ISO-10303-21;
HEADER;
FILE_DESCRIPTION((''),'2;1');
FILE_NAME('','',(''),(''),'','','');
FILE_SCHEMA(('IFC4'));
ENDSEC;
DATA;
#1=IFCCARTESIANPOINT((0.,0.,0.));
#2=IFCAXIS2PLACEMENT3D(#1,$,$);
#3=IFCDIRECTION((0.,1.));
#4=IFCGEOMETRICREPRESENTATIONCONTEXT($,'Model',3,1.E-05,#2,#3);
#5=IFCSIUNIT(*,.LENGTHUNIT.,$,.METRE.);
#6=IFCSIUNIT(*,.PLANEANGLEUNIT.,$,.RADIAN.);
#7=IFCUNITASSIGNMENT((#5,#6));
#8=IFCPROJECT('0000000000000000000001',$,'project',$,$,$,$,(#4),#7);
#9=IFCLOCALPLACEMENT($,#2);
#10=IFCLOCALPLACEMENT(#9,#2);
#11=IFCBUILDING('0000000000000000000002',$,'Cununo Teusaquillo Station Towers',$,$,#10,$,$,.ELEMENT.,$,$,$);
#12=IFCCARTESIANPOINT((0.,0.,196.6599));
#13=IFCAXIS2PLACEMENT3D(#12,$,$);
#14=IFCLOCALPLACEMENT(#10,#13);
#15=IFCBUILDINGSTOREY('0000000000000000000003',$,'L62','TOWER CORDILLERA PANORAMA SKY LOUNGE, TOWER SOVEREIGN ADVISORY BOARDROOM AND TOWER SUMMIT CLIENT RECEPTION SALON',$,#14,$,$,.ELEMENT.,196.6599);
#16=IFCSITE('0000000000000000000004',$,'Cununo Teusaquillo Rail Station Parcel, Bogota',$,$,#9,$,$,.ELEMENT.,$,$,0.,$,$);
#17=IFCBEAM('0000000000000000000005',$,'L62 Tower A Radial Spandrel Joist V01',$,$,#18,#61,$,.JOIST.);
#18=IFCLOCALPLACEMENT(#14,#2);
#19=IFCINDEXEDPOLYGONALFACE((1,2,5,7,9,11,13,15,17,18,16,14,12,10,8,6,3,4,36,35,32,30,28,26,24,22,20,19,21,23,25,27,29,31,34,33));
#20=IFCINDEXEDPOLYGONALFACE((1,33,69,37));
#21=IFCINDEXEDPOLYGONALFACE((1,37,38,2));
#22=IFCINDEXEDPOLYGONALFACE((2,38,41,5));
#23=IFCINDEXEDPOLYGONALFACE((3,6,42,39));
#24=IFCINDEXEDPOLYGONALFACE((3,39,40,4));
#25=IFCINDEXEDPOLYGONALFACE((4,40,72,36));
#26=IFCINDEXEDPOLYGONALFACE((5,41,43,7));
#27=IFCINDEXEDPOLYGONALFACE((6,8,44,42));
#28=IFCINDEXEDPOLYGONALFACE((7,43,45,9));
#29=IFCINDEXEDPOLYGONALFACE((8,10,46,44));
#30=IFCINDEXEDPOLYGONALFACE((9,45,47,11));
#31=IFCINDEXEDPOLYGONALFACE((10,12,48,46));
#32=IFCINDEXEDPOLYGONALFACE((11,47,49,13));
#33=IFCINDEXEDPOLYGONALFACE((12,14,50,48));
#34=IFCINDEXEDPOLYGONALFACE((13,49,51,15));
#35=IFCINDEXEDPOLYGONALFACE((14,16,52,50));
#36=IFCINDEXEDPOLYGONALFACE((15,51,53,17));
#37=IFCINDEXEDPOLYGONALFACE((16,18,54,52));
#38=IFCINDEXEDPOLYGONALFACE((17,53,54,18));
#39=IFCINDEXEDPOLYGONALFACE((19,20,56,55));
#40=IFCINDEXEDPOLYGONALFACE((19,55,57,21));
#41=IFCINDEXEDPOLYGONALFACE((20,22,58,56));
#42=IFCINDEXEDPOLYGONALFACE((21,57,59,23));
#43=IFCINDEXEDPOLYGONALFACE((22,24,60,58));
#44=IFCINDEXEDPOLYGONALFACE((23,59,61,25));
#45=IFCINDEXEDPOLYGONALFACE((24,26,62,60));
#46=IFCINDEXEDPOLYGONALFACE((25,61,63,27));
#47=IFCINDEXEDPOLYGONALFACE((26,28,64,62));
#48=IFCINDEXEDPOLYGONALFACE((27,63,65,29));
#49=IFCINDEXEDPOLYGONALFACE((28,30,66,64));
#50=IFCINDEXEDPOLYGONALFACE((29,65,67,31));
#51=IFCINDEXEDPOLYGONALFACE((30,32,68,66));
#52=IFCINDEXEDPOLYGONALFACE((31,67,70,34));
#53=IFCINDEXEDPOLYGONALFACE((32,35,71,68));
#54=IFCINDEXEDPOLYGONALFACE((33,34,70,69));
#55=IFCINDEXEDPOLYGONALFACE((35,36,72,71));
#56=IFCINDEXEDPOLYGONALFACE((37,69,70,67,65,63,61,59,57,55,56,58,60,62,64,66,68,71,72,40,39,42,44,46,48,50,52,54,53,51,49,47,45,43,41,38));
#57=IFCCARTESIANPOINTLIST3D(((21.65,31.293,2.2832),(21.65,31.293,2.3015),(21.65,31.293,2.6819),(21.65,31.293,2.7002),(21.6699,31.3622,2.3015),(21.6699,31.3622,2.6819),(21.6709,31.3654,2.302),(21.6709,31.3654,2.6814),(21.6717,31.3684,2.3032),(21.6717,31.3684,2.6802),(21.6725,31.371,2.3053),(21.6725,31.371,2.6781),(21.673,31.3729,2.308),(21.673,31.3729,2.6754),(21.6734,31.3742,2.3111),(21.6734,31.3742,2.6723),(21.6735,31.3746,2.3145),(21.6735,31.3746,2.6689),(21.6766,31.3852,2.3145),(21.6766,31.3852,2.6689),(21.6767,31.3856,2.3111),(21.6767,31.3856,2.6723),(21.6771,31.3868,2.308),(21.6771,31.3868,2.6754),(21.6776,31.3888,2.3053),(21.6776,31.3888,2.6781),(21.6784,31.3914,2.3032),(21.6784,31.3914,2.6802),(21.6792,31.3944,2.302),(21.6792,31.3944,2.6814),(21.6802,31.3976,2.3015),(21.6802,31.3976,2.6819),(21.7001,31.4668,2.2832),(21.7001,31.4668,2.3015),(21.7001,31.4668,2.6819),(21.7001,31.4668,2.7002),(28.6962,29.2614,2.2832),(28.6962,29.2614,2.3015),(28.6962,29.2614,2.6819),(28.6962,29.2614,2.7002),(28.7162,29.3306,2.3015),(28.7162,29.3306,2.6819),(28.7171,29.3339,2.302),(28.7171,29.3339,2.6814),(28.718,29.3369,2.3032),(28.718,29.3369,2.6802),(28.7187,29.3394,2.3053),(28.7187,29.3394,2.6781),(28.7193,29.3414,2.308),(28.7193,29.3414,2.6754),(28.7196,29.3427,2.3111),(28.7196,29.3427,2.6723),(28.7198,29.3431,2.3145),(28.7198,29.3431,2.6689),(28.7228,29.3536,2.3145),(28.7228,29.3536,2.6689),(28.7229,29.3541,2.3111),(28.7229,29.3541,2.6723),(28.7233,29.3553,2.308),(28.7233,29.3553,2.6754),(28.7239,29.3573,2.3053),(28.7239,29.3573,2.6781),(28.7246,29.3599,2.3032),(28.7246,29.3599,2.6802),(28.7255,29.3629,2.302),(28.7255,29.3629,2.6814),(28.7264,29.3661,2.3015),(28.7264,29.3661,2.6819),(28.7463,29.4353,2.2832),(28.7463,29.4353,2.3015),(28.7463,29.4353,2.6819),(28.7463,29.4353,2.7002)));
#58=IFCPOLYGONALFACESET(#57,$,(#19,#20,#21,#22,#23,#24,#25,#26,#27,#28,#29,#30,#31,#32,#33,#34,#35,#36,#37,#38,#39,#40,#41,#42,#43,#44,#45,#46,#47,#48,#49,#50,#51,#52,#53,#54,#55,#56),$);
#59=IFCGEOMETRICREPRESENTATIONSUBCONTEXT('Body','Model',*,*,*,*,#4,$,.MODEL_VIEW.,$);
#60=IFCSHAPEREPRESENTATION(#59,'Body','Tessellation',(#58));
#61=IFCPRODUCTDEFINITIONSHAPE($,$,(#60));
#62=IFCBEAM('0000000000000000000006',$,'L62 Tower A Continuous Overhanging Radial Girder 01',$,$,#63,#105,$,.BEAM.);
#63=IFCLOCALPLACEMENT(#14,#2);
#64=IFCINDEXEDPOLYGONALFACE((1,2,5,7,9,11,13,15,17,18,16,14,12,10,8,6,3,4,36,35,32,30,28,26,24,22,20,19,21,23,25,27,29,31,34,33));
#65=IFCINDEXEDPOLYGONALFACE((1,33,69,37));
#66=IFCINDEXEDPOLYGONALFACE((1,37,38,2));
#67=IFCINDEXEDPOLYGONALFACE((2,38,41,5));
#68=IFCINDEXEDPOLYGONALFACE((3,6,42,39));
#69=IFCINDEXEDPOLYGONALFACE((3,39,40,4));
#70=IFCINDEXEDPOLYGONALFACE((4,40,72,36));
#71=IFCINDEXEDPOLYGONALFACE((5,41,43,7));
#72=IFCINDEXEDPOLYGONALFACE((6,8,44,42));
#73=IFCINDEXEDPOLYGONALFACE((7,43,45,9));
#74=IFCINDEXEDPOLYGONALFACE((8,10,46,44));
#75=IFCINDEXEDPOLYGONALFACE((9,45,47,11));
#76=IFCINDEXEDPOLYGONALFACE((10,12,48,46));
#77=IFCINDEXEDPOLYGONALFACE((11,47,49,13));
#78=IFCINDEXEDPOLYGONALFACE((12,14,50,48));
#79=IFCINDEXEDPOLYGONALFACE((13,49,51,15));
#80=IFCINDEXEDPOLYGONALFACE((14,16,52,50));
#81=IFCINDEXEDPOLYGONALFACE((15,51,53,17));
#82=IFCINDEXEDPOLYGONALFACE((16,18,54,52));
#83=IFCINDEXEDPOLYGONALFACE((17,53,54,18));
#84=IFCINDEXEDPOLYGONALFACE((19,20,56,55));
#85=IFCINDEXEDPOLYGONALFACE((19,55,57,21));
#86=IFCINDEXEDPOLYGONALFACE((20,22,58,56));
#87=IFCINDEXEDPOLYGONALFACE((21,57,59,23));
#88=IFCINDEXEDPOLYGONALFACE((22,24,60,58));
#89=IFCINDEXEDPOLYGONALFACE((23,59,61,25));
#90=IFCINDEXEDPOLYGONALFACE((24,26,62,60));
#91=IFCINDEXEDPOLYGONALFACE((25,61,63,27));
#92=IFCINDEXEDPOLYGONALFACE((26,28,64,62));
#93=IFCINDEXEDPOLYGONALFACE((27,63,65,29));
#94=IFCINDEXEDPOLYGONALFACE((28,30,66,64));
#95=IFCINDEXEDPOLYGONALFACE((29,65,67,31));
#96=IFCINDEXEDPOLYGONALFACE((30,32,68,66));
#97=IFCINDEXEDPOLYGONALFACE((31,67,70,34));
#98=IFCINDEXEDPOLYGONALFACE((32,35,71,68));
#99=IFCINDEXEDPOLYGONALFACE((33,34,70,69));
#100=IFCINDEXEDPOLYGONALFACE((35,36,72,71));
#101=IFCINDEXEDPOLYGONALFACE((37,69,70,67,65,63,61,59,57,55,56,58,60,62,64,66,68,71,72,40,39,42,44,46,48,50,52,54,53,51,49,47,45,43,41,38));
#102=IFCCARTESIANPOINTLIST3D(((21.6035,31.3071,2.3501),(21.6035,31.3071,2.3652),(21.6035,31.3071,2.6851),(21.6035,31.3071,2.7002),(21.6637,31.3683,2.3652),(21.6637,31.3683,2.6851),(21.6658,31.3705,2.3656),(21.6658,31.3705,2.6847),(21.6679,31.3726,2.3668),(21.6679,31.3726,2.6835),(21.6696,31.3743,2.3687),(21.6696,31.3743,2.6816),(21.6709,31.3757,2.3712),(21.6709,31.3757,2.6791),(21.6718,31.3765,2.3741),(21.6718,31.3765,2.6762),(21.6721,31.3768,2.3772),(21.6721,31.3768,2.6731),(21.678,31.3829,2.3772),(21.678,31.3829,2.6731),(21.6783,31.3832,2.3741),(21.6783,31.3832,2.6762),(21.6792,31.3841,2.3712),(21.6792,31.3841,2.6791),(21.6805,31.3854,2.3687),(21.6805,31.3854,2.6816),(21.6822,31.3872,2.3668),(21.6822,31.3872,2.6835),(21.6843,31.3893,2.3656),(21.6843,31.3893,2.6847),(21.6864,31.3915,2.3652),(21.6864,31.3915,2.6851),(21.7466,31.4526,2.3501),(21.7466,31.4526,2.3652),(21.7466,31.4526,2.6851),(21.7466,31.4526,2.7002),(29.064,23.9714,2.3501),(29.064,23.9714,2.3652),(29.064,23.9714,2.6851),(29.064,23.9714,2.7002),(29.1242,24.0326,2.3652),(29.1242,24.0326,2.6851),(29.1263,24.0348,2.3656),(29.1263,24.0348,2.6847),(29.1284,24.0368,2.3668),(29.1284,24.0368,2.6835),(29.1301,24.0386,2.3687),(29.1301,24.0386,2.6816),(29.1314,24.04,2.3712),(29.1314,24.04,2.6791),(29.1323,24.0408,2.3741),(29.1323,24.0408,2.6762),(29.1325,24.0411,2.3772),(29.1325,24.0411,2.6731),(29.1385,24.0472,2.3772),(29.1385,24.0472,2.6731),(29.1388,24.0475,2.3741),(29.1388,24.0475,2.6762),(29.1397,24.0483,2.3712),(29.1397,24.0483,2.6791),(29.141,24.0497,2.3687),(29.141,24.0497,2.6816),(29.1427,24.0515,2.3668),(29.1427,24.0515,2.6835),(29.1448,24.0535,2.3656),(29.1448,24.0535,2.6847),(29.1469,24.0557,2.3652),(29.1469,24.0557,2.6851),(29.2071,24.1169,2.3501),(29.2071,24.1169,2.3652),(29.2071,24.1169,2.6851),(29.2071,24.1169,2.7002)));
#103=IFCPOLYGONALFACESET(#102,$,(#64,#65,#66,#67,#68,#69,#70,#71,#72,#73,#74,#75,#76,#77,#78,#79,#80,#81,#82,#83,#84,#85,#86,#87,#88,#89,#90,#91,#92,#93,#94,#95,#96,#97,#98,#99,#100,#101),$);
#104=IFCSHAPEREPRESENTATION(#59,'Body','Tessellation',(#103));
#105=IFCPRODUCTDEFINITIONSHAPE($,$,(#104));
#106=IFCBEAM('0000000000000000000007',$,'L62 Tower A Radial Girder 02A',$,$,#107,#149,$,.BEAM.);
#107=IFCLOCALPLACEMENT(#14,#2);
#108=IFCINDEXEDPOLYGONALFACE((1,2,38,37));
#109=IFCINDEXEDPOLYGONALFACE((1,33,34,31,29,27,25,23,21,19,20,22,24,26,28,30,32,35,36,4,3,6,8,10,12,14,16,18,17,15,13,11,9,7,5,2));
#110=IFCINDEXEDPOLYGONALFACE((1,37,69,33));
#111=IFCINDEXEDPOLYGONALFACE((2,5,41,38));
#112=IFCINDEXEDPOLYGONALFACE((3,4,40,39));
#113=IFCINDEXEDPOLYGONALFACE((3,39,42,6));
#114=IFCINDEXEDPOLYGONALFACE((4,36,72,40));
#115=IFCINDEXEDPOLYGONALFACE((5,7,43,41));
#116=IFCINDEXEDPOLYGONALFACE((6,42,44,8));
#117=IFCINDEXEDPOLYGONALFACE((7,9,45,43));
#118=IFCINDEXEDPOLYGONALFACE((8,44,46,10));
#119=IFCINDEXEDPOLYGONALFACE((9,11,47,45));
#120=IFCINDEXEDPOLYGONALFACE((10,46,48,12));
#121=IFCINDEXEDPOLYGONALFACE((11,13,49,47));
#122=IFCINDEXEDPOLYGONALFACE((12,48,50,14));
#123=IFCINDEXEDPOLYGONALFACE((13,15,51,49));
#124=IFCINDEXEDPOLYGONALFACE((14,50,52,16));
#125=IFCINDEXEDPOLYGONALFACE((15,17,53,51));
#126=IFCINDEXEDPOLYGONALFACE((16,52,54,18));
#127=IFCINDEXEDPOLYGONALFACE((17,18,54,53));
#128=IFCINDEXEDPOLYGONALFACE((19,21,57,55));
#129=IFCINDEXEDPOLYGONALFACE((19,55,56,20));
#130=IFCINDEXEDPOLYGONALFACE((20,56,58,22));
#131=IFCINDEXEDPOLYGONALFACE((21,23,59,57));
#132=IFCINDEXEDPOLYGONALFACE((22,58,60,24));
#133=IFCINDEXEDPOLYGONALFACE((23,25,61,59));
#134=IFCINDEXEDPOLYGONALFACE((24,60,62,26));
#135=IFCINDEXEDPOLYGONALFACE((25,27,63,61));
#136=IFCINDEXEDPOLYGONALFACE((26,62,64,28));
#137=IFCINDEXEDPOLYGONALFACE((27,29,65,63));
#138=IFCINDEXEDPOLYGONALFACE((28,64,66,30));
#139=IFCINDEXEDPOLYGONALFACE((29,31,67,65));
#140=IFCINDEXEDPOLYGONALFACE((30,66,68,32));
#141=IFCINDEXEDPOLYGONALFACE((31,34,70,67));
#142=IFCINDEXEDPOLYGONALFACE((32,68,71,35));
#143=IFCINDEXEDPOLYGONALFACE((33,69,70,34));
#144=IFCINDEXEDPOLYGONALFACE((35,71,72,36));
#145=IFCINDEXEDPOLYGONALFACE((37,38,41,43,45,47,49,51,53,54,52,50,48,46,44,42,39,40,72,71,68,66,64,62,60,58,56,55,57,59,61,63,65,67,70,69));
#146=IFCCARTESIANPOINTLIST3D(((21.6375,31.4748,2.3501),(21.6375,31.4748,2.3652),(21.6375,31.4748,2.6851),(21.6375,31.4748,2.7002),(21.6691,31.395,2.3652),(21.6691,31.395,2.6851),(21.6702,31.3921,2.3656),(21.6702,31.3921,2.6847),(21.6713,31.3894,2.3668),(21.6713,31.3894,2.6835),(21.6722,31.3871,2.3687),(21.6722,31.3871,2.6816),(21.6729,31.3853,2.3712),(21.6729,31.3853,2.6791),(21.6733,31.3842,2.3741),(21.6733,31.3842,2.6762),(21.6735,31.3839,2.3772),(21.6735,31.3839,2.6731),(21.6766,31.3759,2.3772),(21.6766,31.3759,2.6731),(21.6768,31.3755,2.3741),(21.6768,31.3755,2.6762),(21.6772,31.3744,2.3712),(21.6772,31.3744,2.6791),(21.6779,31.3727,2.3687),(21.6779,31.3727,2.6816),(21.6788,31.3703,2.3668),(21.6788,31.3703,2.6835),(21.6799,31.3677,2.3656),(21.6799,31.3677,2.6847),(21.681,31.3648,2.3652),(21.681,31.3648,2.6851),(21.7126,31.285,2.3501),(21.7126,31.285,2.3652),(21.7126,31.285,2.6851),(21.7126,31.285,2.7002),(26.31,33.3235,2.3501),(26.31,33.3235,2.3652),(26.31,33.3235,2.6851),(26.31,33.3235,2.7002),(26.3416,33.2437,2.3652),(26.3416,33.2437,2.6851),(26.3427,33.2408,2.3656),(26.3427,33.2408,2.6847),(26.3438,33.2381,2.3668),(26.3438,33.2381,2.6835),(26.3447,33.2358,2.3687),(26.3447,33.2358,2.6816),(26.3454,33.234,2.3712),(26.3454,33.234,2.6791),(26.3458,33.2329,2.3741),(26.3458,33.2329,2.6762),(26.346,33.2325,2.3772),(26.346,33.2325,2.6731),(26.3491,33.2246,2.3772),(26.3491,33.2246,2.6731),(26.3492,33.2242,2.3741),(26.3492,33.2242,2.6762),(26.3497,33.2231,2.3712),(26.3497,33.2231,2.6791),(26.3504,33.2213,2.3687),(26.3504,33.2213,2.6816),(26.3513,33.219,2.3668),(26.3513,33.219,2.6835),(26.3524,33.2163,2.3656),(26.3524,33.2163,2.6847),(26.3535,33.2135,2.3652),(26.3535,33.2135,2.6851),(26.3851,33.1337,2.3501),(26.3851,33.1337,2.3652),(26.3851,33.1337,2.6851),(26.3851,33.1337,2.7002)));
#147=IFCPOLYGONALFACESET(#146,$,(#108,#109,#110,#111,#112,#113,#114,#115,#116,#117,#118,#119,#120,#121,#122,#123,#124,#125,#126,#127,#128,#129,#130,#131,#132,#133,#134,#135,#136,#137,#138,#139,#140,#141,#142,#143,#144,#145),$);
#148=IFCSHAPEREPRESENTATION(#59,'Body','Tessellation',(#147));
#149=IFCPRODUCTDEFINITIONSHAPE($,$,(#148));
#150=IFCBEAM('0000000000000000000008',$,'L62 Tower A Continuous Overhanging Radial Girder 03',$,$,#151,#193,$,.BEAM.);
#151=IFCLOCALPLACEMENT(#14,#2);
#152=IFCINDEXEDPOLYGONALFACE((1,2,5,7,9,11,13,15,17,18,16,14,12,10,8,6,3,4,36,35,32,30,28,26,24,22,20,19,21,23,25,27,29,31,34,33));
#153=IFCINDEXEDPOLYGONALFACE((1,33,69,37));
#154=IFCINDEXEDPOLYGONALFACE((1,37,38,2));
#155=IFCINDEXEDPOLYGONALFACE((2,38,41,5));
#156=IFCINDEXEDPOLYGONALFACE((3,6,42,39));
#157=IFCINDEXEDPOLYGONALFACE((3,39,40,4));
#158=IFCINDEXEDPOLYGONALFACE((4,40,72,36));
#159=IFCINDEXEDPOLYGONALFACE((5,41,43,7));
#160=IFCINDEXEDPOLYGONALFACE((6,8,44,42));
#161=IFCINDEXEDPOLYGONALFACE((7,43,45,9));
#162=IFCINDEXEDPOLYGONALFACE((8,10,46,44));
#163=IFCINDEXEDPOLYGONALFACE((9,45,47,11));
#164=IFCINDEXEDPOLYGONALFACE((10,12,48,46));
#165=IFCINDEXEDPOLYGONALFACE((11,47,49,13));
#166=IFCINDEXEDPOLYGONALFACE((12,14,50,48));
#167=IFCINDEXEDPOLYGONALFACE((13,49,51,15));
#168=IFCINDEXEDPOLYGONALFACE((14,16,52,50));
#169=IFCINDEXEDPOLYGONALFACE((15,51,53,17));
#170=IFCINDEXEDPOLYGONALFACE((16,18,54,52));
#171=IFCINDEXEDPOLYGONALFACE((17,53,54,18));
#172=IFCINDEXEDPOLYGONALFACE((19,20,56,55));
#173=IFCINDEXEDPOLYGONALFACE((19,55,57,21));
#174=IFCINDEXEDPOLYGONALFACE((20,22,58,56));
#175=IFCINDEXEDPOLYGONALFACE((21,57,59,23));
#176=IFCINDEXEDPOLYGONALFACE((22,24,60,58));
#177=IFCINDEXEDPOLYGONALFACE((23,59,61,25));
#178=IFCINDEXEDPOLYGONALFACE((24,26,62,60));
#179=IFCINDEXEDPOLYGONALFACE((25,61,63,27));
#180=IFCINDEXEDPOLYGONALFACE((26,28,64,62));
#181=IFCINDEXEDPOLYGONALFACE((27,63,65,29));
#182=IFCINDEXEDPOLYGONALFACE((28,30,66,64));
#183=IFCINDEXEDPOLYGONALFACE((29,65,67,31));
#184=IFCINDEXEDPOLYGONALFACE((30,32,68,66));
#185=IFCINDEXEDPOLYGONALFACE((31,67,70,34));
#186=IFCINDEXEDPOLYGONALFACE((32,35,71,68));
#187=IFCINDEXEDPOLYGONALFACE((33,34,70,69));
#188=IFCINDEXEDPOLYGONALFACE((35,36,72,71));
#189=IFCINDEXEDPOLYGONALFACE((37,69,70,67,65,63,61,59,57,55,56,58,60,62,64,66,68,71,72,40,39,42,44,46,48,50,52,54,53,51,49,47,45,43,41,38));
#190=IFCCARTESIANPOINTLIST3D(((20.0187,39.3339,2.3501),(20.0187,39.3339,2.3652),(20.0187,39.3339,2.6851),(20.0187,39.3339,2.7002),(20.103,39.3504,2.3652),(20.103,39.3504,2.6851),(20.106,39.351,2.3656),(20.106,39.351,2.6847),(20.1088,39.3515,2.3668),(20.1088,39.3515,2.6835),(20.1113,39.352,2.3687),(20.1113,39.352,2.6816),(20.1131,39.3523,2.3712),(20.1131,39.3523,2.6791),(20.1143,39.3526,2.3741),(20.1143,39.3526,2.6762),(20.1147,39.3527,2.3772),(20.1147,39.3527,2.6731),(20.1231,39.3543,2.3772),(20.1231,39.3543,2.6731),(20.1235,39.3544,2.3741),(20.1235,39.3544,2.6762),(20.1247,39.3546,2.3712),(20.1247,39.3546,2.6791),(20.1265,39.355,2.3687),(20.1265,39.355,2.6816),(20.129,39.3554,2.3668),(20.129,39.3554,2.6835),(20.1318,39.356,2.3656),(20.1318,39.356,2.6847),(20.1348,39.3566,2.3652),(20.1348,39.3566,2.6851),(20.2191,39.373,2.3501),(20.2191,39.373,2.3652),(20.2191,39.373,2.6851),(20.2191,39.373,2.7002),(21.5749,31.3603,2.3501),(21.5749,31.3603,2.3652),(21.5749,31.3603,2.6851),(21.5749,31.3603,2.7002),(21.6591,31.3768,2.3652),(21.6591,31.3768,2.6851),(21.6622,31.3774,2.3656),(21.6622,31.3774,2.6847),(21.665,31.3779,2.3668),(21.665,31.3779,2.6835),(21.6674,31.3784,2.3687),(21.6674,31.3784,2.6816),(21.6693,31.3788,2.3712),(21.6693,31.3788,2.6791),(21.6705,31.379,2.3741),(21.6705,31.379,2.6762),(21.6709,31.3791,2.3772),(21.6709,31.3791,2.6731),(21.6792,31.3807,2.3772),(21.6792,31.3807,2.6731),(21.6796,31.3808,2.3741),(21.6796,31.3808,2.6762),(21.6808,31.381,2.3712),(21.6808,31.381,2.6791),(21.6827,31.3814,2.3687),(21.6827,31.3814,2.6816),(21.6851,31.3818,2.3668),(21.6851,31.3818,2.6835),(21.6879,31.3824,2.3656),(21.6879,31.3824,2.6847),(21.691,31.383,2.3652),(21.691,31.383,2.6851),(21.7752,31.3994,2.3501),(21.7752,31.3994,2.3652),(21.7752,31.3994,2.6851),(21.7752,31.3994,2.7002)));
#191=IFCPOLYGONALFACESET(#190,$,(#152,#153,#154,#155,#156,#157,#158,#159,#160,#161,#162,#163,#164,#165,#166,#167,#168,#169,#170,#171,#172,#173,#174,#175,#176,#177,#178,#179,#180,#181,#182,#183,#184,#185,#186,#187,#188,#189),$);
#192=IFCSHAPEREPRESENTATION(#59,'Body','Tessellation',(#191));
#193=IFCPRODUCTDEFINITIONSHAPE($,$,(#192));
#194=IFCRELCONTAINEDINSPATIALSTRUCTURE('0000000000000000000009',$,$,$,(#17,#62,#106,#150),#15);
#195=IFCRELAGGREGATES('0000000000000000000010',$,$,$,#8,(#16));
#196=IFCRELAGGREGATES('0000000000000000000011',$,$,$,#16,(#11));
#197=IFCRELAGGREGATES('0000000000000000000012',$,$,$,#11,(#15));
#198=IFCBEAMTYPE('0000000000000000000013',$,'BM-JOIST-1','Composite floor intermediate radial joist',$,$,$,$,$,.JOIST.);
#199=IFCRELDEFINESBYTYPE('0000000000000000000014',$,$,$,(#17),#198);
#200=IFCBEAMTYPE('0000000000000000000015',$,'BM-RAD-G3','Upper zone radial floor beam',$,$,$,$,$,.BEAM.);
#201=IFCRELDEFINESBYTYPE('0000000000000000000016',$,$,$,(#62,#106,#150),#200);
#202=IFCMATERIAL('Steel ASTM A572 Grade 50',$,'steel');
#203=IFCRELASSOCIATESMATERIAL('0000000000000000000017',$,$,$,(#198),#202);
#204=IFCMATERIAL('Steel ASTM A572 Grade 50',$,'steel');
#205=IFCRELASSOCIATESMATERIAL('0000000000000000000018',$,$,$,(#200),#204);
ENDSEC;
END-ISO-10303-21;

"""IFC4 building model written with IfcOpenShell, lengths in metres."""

from ifc_helpers import new_model, si_unit, direction, frame, origin, origin_2d, place, context, subcontext, project, spatial, i_section, extrude, material, material_profile, profile_set, type_object, element, save


model = new_model("IFC4")

# Units and contexts
model_context = context("Model", 3, precision=1e-05, world=origin(), true_north=direction((0.0, 1.0)))
body_context = subcontext(model_context, "Body", "Model", "MODEL_VIEW")
ifc_project = project(units=[si_unit("LENGTHUNIT", "METRE"), si_unit("PLANEANGLEUNIT", "RADIAN")], contexts=[model_context])

# Site, building, storey
site_placement = place(None, origin())
site = spatial("IfcSite", under=ifc_project, at=site_placement, Name="Cununo Teusaquillo Rail Station Parcel, Bogota", CompositionType="ELEMENT", RefElevation=0.0)
building_placement = place(site_placement, origin())
building = spatial("IfcBuilding", under=site, at=building_placement, Name="Cununo Teusaquillo Station Towers", CompositionType="ELEMENT")
storey_placement = place(building_placement, frame((0.0, 0.0, 196.6599)))
storey = spatial("IfcBuildingStorey", under=building, at=storey_placement, Name="L62", Description="TOWER CORDILLERA PANORAMA SKY LOUNGE, TOWER SOVEREIGN ADVISORY BOARDROOM AND TOWER SUMMIT CLIENT RECEPTION SALON", CompositionType="ELEMENT", Elevation=196.6599)

# Beams
ifc_material_1 = material(Name="Steel ASTM A572 Grade 50", Category="steel")
ifc_material_profile_1 = material_profile(ifc_material_1, i_section(OverallWidth=0.1809, OverallDepth=0.417, WebThickness=0.011, FlangeThickness=0.0183, FilletRadius=0.0129, at=origin_2d()), Name="W16X57")
ifc_profile_set_1 = profile_set([ifc_material_profile_1], Name="Steel ASTM A572 Grade 50")
beam_type_1 = type_object("IfcBeamType", Name="BM-JOIST-1", Description="Composite floor intermediate radial joist", PredefinedType="JOIST", material=ifc_profile_set_1)
beam_1_placement = place(storey_placement, frame((21.675, 31.3799, 2.4917), z_axis=(0.960862, -0.277029, 0.0), x_axis=(0.277029, 0.960862, 0.0)))
element("IfcBeam", 1, at=beam_1_placement, inside=storey, type_object=beam_type_1, Name="L62 Tower A Radial Spandrel Joist V01", PredefinedType="JOIST", context=body_context, shape_type="SweptSolid", body=[
    extrude(i_section(OverallWidth=0.1809, OverallDepth=0.417, WebThickness=0.011, FlangeThickness=0.0183, FilletRadius=0.0129, at=origin_2d()), origin(), (0.0, 0.0, 1.0), 7.3333),
])
ifc_material_2 = material(Name="Steel ASTM A572 Grade 50", Category="steel")
ifc_material_profile_2 = material_profile(ifc_material_2, i_section(OverallWidth=0.2041, OverallDepth=0.3501, WebThickness=0.0085, FlangeThickness=0.0151, FilletRadius=0.012, at=origin_2d()), Name="W14X48")
ifc_profile_set_2 = profile_set([ifc_material_profile_2], Name="Steel ASTM A572 Grade 50")
beam_type_2 = type_object("IfcBeamType", Name="BM-RAD-G3", Description="Upper zone radial floor beam", PredefinedType="BEAM", material=ifc_profile_set_2)
beam_2_placement = place(storey_placement, frame((21.675, 31.3799, 2.5251), z_axis=(0.713044, -0.70112, 0.0), x_axis=(0.70112, 0.713044, 0.0)))
element("IfcBeam", 2, at=beam_2_placement, inside=storey, type_object=beam_type_2, Name="L62 Tower A Continuous Overhanging Radial Girder 01", PredefinedType="BEAM", context=body_context, shape_type="SweptSolid", body=[
    extrude(i_section(OverallWidth=0.2041, OverallDepth=0.3501, WebThickness=0.0085, FlangeThickness=0.0151, FilletRadius=0.012, at=origin_2d()), origin(), (0.0, 0.0, 1.0), 10.4629),
])
beam_3_placement = place(storey_placement, frame((21.675, 31.3799, 2.5251), z_axis=(0.929864, 0.367903, 0.0), x_axis=(-0.367903, 0.929864, 0.0)))
element("IfcBeam", 3, at=beam_3_placement, inside=storey, type_object=beam_type_2, Name="L62 Tower A Radial Girder 02A", PredefinedType="BEAM", context=body_context, shape_type="SweptSolid", body=[
    extrude(i_section(OverallWidth=0.2041, OverallDepth=0.3501, WebThickness=0.0085, FlangeThickness=0.0151, FilletRadius=0.012, at=origin_2d()), origin(), (0.0, 0.0, 1.0), 5.0249),
])
beam_4_placement = place(storey_placement, frame((21.675, 31.3799, 2.5251), z_axis=(-0.191548, 0.981483, 0.0), x_axis=(-0.981483, -0.191548, 0.0)))
element("IfcBeam", 4, at=beam_4_placement, inside=storey, type_object=beam_type_2, Name="L62 Tower A Continuous Overhanging Radial Girder 03", PredefinedType="BEAM", context=body_context, shape_type="SweptSolid", body=[
    extrude(i_section(OverallWidth=0.2041, OverallDepth=0.3501, WebThickness=0.0085, FlangeThickness=0.0151, FilletRadius=0.012, at=origin_2d()), origin(), (0.0, 0.0, 1.0), 8.124),
])

save(model, "model.ifc")
